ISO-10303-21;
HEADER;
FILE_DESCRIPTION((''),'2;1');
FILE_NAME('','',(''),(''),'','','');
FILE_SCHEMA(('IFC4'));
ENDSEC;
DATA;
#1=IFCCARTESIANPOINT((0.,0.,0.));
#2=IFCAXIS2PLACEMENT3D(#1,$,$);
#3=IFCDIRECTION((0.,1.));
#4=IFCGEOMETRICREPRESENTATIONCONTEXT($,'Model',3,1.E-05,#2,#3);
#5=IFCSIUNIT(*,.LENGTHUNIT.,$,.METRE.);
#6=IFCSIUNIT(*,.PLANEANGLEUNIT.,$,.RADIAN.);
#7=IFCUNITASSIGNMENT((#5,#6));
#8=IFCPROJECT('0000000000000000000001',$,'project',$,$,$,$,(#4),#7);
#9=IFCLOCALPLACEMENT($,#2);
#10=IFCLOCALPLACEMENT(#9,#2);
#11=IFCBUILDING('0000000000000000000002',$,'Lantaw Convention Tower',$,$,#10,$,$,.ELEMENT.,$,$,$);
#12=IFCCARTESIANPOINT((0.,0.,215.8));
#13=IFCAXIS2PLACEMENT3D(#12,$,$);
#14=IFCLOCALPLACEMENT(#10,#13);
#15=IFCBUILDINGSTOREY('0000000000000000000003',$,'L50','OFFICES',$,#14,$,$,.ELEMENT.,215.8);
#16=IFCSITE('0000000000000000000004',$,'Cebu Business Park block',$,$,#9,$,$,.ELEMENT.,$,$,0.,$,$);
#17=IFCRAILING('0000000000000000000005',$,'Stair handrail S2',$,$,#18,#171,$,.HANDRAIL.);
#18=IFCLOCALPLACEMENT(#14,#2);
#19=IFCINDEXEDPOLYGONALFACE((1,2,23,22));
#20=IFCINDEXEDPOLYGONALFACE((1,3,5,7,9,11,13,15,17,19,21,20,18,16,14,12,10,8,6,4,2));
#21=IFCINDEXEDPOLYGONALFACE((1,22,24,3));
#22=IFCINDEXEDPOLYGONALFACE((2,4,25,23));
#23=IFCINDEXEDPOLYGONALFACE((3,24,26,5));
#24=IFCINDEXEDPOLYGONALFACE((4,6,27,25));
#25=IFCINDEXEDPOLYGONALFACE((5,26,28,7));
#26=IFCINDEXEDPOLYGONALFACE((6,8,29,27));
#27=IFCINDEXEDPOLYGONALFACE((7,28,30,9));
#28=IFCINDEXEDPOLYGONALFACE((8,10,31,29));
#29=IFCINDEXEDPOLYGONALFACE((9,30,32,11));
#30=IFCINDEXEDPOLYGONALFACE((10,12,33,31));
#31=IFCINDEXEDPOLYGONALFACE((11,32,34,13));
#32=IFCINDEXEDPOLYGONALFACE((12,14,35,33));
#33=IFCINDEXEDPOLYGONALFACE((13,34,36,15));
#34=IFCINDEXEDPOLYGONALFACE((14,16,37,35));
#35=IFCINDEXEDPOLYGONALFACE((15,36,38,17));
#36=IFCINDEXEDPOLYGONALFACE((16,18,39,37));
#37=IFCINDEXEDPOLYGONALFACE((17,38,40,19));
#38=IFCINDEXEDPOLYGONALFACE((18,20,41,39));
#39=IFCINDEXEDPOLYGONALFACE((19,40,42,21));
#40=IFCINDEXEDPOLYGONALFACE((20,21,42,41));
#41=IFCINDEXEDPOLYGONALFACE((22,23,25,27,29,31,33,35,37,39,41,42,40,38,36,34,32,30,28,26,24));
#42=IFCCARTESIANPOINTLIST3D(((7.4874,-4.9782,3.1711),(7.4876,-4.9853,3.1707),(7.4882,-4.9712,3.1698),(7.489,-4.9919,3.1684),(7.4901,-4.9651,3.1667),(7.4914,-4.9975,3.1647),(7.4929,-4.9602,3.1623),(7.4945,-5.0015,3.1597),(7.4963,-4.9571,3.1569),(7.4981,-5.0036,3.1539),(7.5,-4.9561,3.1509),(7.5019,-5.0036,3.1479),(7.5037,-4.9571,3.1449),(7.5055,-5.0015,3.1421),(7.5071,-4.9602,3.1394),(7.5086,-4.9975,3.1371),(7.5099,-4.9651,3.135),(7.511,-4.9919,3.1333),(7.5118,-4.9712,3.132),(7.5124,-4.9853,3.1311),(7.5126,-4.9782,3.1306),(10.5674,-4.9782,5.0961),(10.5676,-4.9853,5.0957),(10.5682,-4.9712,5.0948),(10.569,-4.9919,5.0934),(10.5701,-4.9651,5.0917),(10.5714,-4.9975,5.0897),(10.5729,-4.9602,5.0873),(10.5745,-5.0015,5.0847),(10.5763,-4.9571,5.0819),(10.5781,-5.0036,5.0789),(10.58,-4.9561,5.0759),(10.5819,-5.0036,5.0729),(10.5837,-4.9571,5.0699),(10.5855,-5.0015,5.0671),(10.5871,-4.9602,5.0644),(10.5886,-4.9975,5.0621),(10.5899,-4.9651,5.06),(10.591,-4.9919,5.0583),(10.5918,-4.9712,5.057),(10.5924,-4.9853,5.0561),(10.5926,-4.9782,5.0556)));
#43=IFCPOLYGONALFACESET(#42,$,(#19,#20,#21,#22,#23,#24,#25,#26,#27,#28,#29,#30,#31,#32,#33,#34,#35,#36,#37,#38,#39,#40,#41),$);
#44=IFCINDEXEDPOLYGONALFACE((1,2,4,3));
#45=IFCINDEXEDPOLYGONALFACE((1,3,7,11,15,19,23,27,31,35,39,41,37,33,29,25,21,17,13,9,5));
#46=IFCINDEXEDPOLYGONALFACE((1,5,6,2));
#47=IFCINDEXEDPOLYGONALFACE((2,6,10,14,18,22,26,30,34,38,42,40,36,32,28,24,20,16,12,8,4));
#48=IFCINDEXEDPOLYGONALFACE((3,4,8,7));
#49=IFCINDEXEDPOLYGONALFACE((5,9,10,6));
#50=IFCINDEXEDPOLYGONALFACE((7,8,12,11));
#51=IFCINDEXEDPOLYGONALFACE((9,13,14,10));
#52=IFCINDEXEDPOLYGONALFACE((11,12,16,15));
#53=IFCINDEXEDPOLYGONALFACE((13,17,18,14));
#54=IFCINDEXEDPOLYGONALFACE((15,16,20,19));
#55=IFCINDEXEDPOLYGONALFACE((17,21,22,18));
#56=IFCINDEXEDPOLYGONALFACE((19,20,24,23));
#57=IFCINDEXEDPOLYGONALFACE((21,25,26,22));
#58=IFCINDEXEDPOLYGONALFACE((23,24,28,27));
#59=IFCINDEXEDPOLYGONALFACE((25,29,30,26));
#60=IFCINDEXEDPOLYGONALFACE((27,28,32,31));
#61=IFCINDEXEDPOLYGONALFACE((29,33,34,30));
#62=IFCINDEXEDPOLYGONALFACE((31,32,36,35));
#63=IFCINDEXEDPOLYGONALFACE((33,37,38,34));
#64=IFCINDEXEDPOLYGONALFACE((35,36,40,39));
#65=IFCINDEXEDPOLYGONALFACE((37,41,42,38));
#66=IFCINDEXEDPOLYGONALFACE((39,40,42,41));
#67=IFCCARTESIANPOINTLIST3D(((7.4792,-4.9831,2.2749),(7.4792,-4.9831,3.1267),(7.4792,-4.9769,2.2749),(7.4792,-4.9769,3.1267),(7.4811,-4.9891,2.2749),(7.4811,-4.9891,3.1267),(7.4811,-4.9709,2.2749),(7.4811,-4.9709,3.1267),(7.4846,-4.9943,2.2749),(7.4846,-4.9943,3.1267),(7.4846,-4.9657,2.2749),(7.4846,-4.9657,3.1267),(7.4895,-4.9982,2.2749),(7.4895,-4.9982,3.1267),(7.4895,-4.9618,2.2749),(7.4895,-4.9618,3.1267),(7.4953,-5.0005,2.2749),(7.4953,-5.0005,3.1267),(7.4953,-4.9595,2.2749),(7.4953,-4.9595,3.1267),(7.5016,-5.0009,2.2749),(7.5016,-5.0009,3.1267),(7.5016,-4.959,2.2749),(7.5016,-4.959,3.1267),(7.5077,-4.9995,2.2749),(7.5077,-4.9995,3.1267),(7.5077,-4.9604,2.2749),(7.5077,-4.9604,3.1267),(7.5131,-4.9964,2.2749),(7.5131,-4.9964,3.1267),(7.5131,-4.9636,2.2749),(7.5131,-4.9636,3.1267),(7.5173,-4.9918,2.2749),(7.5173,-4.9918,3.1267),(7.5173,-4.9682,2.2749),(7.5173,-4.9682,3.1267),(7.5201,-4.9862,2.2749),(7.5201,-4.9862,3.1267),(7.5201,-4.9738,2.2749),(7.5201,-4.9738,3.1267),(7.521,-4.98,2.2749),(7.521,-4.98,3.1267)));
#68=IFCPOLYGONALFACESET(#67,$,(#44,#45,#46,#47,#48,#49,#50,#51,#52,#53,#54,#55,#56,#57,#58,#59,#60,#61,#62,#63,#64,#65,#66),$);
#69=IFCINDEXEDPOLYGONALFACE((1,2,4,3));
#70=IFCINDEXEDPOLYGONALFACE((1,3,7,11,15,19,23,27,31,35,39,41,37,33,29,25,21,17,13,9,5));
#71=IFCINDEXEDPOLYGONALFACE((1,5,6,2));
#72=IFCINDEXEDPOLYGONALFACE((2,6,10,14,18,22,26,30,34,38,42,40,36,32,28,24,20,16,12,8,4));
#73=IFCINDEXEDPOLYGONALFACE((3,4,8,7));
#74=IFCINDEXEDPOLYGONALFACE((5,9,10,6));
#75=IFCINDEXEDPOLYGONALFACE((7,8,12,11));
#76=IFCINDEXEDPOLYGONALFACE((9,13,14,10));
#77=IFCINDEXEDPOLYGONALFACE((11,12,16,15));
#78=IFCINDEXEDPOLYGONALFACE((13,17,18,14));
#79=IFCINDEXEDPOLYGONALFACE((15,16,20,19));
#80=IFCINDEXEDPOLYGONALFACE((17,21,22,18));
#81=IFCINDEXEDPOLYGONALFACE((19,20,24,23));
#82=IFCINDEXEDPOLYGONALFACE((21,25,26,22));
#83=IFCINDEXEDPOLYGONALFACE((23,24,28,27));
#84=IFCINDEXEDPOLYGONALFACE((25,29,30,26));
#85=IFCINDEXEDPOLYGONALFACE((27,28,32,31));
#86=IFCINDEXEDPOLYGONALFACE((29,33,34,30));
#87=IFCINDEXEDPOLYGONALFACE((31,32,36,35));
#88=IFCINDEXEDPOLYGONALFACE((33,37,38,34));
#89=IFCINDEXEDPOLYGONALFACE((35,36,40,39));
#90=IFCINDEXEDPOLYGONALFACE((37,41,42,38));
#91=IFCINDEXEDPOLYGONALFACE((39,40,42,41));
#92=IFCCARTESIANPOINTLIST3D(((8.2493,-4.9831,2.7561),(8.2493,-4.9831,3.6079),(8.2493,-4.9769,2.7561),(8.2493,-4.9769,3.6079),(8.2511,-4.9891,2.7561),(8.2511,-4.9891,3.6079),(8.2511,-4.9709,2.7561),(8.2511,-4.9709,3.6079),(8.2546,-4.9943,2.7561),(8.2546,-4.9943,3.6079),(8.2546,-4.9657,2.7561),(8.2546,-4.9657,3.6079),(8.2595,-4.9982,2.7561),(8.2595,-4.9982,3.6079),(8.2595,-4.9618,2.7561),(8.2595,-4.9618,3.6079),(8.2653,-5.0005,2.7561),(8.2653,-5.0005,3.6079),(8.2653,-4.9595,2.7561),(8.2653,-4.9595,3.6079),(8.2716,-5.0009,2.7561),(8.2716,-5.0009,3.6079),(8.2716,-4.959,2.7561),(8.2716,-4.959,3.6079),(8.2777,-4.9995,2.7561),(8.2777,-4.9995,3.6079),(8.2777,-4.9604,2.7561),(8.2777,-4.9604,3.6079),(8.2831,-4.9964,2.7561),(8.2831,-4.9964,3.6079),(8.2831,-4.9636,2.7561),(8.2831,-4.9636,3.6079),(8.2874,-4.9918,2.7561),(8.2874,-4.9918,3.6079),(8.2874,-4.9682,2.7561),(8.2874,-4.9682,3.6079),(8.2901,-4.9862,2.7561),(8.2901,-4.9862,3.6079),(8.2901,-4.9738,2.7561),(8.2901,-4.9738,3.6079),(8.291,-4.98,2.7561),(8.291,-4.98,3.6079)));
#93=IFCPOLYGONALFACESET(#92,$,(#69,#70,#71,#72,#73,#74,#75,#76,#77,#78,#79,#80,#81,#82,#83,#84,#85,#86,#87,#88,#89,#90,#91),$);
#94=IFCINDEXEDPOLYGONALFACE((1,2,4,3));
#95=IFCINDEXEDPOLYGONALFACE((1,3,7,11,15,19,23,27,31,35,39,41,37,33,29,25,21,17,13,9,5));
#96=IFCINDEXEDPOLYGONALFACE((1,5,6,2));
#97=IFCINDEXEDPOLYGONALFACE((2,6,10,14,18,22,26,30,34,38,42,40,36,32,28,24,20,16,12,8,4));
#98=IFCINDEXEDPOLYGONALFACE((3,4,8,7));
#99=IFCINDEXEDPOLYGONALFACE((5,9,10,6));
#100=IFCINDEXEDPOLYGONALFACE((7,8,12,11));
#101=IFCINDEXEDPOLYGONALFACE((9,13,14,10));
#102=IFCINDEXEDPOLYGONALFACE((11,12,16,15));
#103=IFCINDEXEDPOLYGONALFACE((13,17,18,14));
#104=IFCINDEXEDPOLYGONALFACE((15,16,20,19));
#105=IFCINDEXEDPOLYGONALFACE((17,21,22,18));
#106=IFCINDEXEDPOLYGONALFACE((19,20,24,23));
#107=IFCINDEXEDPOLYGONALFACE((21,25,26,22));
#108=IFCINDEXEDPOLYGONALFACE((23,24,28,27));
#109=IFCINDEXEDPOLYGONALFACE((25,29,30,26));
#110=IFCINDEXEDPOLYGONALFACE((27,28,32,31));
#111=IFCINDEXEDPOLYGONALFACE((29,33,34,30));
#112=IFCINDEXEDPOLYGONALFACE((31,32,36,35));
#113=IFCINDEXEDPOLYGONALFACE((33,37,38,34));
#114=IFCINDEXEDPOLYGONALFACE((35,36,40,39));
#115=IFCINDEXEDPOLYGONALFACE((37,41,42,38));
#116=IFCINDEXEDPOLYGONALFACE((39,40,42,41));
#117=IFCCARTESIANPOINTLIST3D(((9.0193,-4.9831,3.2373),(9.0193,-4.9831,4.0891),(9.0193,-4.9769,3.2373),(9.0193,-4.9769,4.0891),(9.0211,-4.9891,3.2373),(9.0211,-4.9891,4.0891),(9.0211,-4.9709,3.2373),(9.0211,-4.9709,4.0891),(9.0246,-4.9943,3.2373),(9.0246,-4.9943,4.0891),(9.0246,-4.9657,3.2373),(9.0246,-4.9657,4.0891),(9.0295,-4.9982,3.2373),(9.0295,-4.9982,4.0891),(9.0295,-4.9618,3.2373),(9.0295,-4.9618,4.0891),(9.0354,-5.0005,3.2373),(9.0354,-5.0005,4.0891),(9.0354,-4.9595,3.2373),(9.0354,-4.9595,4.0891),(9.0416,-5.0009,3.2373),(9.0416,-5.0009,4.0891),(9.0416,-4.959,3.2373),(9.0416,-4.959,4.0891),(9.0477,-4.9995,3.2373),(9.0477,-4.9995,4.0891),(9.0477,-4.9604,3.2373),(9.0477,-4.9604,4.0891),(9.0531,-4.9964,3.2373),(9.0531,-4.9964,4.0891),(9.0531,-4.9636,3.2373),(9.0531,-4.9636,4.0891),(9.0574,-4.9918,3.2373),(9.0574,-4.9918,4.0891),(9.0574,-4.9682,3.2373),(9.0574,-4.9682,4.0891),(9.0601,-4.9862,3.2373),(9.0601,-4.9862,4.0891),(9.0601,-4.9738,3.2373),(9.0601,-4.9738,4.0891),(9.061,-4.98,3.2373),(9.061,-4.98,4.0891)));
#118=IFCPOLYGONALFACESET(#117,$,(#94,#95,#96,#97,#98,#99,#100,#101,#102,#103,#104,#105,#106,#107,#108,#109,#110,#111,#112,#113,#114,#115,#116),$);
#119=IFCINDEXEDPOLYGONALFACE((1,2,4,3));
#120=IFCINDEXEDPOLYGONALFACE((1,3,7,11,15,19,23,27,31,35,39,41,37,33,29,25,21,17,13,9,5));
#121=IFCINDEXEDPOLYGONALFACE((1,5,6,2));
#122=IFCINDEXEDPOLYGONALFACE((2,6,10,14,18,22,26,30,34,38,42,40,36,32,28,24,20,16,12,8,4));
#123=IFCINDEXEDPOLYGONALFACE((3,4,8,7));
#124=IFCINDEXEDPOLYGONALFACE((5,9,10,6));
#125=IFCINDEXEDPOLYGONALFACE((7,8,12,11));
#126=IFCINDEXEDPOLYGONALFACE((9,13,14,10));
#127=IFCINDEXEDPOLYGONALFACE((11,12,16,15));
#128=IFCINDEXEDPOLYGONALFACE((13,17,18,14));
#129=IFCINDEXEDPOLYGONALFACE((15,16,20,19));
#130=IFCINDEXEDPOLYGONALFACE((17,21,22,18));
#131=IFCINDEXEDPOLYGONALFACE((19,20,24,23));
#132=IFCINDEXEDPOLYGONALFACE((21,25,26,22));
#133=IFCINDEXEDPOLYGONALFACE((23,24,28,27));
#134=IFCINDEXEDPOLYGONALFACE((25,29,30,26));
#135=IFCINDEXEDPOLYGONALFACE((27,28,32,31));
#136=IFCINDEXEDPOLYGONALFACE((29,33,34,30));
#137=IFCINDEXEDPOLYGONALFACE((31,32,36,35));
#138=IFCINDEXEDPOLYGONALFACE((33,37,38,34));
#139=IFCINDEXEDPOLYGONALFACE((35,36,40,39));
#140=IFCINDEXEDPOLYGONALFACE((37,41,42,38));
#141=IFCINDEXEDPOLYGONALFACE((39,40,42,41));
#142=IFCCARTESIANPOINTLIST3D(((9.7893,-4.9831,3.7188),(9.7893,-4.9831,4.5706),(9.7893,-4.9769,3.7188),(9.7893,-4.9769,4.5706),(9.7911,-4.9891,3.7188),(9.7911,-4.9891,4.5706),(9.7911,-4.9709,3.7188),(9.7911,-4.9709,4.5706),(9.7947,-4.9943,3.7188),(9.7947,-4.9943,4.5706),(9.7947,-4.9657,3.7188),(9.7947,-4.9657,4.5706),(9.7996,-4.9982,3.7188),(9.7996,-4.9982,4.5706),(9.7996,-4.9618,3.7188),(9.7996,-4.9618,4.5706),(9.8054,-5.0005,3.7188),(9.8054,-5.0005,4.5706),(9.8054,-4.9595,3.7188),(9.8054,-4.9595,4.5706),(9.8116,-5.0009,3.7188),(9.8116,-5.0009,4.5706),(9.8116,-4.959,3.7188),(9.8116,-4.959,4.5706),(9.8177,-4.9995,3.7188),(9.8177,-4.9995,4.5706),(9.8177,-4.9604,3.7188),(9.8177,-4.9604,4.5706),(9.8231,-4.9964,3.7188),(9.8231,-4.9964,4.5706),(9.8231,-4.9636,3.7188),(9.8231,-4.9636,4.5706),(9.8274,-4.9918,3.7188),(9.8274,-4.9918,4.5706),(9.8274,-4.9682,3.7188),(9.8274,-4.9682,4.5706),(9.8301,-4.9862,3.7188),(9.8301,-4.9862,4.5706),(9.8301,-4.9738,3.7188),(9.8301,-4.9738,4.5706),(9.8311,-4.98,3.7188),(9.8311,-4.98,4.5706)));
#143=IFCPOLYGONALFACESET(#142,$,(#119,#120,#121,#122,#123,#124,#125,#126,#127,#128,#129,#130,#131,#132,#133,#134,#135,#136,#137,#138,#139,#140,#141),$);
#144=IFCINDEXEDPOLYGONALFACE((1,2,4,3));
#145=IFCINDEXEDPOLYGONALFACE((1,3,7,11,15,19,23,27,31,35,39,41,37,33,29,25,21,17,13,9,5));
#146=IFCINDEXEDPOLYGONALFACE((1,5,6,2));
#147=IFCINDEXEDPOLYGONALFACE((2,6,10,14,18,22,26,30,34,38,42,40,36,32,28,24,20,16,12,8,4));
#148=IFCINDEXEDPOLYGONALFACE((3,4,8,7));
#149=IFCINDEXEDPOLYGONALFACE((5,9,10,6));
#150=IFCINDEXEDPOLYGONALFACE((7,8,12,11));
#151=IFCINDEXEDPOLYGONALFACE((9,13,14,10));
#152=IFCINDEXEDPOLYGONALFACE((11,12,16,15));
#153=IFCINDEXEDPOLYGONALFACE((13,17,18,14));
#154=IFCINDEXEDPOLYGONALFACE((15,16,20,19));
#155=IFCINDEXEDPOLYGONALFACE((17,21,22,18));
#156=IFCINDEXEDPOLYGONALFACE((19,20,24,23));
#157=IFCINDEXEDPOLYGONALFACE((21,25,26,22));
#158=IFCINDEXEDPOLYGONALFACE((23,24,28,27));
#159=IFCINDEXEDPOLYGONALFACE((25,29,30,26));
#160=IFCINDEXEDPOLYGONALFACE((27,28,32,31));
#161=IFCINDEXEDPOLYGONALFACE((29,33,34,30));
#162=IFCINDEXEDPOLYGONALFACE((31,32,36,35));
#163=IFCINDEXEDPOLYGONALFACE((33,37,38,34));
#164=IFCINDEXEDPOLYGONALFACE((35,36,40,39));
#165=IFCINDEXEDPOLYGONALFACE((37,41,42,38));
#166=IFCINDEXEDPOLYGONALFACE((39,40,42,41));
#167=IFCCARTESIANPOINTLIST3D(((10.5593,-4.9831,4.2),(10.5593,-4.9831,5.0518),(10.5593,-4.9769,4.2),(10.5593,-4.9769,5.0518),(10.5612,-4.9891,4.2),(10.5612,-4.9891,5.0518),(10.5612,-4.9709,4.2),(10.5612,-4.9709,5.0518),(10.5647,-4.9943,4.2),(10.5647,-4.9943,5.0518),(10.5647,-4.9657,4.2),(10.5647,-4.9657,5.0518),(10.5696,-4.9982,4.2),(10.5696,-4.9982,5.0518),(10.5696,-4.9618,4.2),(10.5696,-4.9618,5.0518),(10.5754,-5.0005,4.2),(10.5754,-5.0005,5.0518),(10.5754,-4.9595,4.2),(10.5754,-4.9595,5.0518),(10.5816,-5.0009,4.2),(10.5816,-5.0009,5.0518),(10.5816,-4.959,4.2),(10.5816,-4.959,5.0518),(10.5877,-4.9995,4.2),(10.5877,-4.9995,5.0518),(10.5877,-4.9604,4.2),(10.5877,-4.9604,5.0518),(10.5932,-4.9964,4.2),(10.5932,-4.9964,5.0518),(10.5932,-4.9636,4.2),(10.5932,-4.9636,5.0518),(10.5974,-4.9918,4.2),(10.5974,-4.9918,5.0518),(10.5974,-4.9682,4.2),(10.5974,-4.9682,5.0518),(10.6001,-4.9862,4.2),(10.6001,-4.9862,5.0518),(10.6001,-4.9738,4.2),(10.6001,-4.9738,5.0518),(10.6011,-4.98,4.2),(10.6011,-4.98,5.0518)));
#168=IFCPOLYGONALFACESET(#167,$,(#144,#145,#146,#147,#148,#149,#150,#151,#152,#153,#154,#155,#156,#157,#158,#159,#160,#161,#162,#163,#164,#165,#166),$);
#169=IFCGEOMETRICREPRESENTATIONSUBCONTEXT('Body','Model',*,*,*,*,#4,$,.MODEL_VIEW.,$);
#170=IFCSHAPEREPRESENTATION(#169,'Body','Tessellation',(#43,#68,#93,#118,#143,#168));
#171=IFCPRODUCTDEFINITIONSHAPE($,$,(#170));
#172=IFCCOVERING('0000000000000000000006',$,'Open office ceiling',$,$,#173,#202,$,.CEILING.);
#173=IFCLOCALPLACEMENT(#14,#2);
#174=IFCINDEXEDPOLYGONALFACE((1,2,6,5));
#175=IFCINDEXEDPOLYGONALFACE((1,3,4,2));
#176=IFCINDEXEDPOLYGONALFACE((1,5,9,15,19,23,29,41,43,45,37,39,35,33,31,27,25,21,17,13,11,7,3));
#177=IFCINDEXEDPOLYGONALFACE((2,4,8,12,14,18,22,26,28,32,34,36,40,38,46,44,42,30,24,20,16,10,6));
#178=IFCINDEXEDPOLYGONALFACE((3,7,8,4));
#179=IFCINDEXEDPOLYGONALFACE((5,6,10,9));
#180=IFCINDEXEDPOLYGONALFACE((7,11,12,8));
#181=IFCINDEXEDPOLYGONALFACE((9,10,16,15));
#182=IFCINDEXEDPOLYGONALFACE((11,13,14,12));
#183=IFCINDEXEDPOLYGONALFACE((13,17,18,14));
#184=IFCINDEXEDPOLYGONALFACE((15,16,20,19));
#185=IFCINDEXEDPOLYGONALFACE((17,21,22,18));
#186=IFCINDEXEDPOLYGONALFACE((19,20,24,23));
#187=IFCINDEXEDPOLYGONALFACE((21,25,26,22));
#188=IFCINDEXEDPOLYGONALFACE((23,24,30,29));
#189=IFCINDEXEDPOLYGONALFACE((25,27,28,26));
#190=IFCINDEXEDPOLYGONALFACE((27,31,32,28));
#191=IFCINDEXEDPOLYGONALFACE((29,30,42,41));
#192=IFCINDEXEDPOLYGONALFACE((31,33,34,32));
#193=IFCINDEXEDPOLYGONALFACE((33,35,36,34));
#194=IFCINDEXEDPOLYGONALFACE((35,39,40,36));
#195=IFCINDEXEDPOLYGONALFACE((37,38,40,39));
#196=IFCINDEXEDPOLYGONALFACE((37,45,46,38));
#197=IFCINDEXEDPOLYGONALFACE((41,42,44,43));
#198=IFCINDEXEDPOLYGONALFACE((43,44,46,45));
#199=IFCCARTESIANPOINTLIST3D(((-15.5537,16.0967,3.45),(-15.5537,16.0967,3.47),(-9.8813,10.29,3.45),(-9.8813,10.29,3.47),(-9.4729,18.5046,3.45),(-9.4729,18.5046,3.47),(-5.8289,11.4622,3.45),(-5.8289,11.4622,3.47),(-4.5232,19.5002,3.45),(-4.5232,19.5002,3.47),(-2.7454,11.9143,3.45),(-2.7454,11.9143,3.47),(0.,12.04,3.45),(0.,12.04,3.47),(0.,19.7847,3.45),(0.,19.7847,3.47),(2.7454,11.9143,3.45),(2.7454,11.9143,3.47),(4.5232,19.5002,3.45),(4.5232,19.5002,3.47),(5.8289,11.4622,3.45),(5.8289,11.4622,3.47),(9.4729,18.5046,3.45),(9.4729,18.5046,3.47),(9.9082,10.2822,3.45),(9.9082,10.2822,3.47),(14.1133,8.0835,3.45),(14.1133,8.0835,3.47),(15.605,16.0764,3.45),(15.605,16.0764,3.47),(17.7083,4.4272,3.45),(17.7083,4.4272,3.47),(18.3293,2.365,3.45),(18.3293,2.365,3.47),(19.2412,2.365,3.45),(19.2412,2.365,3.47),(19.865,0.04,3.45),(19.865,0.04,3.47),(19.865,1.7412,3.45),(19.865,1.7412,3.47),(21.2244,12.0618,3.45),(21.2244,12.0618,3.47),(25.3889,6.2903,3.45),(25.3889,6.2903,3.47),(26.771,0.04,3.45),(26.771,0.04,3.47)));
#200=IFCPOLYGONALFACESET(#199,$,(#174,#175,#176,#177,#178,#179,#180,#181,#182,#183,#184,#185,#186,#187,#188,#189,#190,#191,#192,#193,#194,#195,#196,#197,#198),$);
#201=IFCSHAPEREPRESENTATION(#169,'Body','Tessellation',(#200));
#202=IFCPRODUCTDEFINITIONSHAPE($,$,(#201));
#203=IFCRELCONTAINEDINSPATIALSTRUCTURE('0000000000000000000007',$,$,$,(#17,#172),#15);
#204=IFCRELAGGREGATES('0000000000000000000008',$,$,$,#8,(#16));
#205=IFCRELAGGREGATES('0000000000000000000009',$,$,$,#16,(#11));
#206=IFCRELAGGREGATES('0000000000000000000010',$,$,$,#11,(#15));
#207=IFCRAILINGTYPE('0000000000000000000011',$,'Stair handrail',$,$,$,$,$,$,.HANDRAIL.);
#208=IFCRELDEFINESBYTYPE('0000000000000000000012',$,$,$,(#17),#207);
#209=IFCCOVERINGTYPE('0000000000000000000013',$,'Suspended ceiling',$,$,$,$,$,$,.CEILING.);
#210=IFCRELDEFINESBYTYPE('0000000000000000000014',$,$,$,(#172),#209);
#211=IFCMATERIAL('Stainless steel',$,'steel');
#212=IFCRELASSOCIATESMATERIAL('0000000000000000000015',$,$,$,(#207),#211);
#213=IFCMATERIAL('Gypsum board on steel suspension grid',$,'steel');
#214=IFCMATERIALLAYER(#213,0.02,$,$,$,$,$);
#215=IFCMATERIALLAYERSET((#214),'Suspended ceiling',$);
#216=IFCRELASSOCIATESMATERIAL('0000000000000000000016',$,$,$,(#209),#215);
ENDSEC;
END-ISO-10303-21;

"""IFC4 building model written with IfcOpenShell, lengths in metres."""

from ifc_helpers import new_model, si_unit, direction, frame, origin, origin_2d, place, context, subcontext, project, spatial, polyline, circle, outline, extrude, material, layer, layer_set, type_object, element, save


model = new_model("IFC4")

# Units and contexts
model_context = context("Model", 3, precision=1e-05, world=origin(), true_north=direction((0.0, 1.0)))
body_context = subcontext(model_context, "Body", "Model", "MODEL_VIEW")
ifc_project = project(units=[si_unit("LENGTHUNIT", "METRE"), si_unit("PLANEANGLEUNIT", "RADIAN")], contexts=[model_context])

# Site, building, storey
site_placement = place(None, origin())
site = spatial("IfcSite", under=ifc_project, at=site_placement, Name="Cebu Business Park block", CompositionType="ELEMENT", RefElevation=0.0)
building_placement = place(site_placement, origin())
building = spatial("IfcBuilding", under=site, at=building_placement, Name="Lantaw Convention Tower", CompositionType="ELEMENT")
storey_placement = place(building_placement, frame((0.0, 0.0, 215.8)))
storey = spatial("IfcBuildingStorey", under=building, at=storey_placement, Name="L50", Description="OFFICES", CompositionType="ELEMENT", Elevation=215.8)

# Railing
ifc_material_1 = material(Name="Stainless steel", Category="steel")
railing_type = type_object("IfcRailingType", Name="Stair handrail", PredefinedType="HANDRAIL", material=ifc_material_1)
railing_1_placement = place(storey_placement, frame((7.5, -4.98, 2.2749)))
element("IfcRailing", 1, at=railing_1_placement, inside=storey, type_object=railing_type, Name="Stair handrail S2", PredefinedType="HANDRAIL", context=body_context, shape_type="SweptSolid", body=[
    extrude(circle(Radius=0.0239, at=origin_2d()), frame((0.0, 0.0, 0.876), z_axis=(0.847998, 0.0, 0.529999), x_axis=(0.0, 1.0, 0.0)), (0.0, 0.0, 1.0), 3.6321),
    extrude(circle(Radius=0.021, at=origin_2d()), origin(), (0.0, 0.0, 1.0), 0.8518),
    extrude(circle(Radius=0.021, at=origin_2d()), frame((0.77, 0.0, 0.4812)), (0.0, 0.0, 1.0), 0.8518),
    extrude(circle(Radius=0.021, at=origin_2d()), frame((1.54, 0.0, 0.9624)), (0.0, 0.0, 1.0), 0.8518),
    extrude(circle(Radius=0.021, at=origin_2d()), frame((2.3101, 0.0, 1.4438)), (0.0, 0.0, 1.0), 0.8518),
    extrude(circle(Radius=0.021, at=origin_2d()), frame((3.0801, 0.0, 1.925)), (0.0, 0.0, 1.0), 0.8518),
])

# Covering
ifc_material_2 = material(Name="Gypsum board on steel suspension grid", Category="steel")
ifc_layer_1 = layer(ifc_material_2, 0.02)
ifc_layer_set_1 = layer_set([ifc_layer_1], Name="Suspended ceiling")
covering_type = type_object("IfcCoveringType", Name="Suspended ceiling", PredefinedType="CEILING", material=ifc_layer_set_1)
covering_1_placement = place(storey_placement, frame((0.0, 0.0, 3.45)))
element("IfcCovering", 2, at=covering_1_placement, inside=storey, type_object=covering_type, Name="Open office ceiling", PredefinedType="CEILING", context=body_context, shape_type="SweptSolid", body=[
    extrude(outline(polyline([(17.7083, 4.4272), (18.3293, 2.365), (19.2412, 2.365), (19.865, 1.7412), (19.865, 0.04), (26.771, 0.04), (25.3889, 6.2903), (21.2244, 12.0618), (15.605, 16.0764), (9.4729, 18.5046), (4.5232, 19.5002), (0.0, 19.7847), (-4.5232, 19.5002), (-9.4729, 18.5046), (-15.5537, 16.0967), (-9.8813, 10.29), (-5.8289, 11.4622), (-2.7454, 11.9143), (0.0, 12.04), (2.7454, 11.9143), (5.8289, 11.4622), (9.9082, 10.2822), (14.1133, 8.0835), (17.7083, 4.4272)])), origin(), (0.0, 0.0, 1.0), 0.02),
])

save(model, "model.ifc")
